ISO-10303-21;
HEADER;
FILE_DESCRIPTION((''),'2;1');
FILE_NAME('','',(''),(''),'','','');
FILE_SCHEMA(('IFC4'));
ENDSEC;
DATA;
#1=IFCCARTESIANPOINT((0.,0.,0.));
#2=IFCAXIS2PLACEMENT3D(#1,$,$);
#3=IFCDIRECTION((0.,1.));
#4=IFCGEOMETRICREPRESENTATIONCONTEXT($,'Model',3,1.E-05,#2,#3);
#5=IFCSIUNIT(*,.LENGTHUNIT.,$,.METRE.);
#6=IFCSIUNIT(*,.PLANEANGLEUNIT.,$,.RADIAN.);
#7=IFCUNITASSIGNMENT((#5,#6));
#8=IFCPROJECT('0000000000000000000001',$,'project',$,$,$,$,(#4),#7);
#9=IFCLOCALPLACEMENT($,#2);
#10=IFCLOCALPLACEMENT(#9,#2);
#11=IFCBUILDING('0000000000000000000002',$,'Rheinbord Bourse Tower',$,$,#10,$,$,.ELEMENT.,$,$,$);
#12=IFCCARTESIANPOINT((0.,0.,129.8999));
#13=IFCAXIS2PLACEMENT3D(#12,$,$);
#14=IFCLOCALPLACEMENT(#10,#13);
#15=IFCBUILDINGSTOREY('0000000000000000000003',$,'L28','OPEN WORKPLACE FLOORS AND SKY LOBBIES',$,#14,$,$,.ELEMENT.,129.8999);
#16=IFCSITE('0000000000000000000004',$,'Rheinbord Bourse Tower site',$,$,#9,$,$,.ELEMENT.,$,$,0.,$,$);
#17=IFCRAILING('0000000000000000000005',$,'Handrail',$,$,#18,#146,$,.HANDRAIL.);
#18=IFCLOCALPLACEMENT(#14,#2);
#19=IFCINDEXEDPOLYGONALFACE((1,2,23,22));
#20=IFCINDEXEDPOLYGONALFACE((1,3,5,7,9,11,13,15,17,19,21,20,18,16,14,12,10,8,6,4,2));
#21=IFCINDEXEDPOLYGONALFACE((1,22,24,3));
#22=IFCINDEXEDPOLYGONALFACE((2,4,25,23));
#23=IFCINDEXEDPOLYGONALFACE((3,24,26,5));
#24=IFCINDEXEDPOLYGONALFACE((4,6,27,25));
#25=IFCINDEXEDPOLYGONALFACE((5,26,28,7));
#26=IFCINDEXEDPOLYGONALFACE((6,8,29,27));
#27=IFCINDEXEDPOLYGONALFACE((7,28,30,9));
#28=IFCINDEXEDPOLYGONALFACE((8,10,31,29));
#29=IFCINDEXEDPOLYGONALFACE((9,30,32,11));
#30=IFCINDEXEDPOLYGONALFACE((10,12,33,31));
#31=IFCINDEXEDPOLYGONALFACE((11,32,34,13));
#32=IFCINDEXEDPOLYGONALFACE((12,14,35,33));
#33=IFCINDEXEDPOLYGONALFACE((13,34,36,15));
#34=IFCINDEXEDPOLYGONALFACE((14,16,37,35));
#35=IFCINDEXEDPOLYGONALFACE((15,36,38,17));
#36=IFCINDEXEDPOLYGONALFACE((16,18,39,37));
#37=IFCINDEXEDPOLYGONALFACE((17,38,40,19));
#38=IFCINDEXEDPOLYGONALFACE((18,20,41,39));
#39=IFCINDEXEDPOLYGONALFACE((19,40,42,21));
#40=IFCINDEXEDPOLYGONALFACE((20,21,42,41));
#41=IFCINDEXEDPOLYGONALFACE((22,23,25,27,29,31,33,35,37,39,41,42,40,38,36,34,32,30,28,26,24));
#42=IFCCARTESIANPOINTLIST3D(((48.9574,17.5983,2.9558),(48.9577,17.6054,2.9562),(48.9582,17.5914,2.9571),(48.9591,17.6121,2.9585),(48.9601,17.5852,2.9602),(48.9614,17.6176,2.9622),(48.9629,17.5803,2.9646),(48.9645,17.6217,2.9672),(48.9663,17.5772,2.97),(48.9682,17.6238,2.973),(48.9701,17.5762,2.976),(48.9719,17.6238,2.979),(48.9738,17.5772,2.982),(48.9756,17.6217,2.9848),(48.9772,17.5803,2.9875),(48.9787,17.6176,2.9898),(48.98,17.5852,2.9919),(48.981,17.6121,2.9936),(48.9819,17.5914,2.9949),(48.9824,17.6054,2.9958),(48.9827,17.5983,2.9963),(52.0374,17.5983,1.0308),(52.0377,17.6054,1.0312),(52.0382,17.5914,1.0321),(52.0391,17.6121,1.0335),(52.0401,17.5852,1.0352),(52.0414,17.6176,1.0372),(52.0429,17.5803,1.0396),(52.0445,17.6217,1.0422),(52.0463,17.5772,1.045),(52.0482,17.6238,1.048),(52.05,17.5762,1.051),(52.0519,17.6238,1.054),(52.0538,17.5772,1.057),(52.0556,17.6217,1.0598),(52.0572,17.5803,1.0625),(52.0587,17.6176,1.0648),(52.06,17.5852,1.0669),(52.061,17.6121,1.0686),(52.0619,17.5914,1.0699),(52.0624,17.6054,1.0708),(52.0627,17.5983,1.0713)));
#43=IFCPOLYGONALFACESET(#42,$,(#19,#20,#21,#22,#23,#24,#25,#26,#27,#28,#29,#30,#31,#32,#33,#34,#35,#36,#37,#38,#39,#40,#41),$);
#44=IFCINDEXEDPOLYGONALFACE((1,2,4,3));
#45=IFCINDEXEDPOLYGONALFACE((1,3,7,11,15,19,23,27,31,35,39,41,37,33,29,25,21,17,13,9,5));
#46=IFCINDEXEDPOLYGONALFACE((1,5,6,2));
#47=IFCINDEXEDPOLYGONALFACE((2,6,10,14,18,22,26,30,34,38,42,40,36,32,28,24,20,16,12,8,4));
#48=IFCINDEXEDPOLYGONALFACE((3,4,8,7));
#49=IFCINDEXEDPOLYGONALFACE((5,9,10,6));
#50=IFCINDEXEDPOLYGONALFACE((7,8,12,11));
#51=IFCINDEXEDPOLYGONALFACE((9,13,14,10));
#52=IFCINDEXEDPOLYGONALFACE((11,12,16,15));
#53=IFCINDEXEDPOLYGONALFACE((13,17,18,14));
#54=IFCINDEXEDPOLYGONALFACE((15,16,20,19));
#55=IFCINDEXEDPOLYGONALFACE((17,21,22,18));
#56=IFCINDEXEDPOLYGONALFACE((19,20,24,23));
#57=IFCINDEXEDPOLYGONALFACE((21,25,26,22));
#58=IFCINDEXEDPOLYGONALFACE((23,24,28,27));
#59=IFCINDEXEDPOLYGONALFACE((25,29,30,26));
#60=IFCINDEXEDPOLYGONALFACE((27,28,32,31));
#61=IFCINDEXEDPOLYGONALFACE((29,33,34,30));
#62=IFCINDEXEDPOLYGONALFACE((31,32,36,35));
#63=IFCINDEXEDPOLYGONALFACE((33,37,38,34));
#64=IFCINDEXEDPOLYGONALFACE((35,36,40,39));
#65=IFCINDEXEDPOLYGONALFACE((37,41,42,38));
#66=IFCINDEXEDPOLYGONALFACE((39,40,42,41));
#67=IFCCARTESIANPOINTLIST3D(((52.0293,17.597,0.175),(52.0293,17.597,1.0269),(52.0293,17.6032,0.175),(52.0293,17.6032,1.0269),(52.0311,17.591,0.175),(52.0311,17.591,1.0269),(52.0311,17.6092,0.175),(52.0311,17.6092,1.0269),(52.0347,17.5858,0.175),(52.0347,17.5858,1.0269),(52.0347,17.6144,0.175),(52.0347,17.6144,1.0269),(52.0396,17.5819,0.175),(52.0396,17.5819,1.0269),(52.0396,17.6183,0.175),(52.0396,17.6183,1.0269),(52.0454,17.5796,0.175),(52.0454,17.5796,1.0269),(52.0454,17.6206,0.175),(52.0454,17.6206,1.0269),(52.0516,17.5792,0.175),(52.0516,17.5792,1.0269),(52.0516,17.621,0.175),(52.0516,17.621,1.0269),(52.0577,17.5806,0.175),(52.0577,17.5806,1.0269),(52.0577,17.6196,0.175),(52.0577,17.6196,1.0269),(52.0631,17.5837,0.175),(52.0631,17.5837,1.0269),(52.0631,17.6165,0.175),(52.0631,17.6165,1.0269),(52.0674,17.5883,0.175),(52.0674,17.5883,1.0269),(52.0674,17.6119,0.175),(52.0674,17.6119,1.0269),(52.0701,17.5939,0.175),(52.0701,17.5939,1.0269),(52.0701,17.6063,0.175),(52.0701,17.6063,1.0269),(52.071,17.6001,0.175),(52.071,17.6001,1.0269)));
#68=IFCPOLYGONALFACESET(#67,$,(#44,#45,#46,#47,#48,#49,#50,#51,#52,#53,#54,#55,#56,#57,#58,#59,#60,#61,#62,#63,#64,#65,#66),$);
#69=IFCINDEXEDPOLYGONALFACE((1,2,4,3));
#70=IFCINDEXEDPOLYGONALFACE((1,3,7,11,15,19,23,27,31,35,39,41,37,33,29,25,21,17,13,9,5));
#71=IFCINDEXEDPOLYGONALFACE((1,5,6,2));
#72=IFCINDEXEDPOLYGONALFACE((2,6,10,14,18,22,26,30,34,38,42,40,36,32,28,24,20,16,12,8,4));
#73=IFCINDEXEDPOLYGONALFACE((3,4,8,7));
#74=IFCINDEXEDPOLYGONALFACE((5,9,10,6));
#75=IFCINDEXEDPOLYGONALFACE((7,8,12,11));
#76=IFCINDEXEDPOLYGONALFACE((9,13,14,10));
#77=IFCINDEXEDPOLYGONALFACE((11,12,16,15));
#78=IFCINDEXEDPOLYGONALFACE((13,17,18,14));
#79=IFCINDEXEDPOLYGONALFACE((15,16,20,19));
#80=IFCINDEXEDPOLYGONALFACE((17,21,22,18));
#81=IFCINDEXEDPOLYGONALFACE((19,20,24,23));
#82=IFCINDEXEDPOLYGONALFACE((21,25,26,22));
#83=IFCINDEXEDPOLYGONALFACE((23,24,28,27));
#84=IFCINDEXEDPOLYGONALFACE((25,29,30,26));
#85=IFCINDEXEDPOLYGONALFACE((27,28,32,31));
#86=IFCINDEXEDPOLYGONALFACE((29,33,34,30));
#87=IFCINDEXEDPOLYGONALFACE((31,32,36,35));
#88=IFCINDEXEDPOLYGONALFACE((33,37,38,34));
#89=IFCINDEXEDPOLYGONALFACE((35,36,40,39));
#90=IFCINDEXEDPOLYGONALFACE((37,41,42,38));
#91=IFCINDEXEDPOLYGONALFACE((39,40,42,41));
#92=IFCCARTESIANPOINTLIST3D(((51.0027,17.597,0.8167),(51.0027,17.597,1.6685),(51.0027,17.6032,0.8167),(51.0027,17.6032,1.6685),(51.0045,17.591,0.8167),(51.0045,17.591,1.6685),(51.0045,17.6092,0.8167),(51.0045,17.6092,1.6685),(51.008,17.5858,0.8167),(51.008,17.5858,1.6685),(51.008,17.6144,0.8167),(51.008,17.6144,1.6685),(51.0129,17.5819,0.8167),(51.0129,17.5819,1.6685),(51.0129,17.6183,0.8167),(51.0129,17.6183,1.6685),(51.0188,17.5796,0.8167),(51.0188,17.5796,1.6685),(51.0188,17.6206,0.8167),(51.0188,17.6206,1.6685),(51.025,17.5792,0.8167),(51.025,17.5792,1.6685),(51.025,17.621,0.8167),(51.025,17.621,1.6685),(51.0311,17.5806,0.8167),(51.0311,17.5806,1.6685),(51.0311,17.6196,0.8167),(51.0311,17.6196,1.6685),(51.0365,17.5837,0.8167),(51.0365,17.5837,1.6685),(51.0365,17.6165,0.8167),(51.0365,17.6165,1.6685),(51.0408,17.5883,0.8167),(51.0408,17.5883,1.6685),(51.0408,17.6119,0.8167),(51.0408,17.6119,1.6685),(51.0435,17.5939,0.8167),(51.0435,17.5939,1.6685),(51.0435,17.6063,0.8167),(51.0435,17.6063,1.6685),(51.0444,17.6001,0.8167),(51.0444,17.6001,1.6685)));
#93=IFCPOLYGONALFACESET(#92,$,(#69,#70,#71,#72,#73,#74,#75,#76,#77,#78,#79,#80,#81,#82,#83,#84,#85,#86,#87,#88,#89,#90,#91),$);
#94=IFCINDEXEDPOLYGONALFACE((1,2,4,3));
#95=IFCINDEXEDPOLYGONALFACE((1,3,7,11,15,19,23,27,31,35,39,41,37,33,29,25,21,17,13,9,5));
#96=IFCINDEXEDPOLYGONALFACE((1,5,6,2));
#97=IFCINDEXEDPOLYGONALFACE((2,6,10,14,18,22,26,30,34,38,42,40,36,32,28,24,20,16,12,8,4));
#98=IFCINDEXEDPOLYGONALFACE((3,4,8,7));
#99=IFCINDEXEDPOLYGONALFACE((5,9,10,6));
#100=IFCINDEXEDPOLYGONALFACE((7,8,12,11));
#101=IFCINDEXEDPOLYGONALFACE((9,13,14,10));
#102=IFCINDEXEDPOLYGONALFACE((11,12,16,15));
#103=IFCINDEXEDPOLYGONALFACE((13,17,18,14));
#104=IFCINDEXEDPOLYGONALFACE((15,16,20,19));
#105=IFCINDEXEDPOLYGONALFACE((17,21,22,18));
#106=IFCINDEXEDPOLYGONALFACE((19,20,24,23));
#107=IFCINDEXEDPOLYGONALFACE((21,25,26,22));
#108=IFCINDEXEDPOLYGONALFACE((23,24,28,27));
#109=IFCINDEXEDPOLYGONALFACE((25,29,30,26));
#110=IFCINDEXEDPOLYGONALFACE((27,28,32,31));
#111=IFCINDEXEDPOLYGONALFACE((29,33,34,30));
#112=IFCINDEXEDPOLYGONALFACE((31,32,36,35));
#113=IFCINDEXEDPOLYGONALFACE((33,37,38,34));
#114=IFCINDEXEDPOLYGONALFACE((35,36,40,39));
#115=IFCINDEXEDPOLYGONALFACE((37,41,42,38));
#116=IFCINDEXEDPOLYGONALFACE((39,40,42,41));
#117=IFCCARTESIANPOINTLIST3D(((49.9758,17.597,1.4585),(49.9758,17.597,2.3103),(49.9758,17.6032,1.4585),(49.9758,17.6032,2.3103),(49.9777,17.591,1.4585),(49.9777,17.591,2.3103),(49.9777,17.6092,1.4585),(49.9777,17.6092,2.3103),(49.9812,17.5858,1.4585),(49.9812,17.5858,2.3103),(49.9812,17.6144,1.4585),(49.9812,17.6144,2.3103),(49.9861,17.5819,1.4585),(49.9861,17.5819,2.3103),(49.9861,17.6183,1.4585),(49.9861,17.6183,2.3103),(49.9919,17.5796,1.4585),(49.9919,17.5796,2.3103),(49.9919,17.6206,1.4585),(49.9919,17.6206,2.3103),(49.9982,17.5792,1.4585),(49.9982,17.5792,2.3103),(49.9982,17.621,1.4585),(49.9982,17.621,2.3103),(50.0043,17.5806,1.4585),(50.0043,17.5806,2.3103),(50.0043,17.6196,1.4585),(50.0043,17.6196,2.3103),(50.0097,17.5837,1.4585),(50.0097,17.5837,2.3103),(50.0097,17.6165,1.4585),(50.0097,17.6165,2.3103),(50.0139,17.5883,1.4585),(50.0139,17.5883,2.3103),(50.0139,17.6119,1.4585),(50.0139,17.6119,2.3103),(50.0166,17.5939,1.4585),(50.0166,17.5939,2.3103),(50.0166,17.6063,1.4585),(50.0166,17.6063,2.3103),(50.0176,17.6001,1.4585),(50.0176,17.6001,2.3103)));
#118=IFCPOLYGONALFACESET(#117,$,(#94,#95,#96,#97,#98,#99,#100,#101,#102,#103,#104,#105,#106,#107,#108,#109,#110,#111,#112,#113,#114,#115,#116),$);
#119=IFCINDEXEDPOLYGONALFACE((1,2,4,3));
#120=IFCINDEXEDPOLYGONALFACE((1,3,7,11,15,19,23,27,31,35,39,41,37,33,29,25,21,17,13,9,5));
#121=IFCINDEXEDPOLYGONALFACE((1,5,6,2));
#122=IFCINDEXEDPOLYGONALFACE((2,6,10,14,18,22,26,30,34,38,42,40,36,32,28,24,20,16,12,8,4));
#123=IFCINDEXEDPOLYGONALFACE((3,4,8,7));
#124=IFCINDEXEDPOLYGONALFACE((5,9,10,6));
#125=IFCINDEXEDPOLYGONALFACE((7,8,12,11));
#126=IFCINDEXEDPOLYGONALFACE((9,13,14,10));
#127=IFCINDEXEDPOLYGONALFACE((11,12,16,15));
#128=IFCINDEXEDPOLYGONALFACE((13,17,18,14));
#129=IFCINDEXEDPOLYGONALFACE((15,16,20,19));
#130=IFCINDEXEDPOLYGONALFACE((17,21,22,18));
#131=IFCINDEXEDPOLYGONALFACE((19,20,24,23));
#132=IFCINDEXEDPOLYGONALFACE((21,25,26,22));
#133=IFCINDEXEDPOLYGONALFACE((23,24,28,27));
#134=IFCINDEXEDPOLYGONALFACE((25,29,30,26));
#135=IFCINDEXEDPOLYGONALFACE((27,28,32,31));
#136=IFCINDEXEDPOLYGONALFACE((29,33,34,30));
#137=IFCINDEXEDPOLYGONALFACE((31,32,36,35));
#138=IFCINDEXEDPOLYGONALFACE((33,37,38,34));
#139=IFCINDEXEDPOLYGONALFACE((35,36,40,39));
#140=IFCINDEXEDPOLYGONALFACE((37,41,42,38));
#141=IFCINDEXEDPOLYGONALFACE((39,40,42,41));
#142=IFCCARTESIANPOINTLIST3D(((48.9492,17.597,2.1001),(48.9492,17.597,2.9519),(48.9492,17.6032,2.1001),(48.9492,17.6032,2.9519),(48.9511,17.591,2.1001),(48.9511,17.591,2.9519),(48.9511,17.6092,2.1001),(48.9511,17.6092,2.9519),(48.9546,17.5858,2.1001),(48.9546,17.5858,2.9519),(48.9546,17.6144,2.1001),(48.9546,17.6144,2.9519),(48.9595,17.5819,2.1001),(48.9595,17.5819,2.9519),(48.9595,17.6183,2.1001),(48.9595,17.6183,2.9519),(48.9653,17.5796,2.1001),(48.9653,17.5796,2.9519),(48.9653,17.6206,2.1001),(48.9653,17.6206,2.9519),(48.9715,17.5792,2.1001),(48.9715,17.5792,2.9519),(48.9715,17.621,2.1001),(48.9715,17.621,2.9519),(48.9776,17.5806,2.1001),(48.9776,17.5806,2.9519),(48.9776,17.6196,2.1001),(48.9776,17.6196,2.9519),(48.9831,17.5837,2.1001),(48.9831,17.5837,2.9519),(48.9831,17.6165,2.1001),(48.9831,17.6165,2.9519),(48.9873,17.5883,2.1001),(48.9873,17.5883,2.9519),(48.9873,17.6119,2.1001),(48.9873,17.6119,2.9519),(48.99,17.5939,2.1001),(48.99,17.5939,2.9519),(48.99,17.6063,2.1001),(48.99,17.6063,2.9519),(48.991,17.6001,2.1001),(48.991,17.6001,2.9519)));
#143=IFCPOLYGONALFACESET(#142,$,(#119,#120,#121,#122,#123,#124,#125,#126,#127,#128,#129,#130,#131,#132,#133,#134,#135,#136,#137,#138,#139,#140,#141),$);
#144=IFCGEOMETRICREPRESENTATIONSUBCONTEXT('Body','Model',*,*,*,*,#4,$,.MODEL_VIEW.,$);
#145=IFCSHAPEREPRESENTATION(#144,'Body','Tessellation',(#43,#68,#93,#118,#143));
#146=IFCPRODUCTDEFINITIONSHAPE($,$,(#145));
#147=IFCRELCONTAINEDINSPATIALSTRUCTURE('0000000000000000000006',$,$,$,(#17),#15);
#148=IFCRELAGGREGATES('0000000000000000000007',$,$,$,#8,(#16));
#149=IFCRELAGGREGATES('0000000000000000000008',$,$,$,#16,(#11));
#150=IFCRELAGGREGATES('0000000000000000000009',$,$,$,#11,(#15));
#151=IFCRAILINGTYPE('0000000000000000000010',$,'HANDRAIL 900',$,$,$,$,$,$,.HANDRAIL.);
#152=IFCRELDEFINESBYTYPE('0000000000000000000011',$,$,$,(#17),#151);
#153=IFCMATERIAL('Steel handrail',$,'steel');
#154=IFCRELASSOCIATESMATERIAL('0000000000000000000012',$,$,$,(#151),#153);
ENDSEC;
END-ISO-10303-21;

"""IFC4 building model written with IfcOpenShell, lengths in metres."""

from ifc_helpers import new_model, si_unit, direction, frame, origin, origin_2d, place, context, subcontext, project, spatial, circle, extrude, material, type_object, element, save


model = new_model("IFC4")

# Units and contexts
model_context = context("Model", 3, precision=1e-05, world=origin(), true_north=direction((0.0, 1.0)))
body_context = subcontext(model_context, "Body", "Model", "MODEL_VIEW")
ifc_project = project(units=[si_unit("LENGTHUNIT", "METRE"), si_unit("PLANEANGLEUNIT", "RADIAN")], contexts=[model_context])

# Site, building, storey
site_placement = place(None, origin())
site = spatial("IfcSite", under=ifc_project, at=site_placement, Name="Rheinbord Bourse Tower site", CompositionType="ELEMENT", RefElevation=0.0)
building_placement = place(site_placement, origin())
building = spatial("IfcBuilding", under=site, at=building_placement, Name="Rheinbord Bourse Tower", CompositionType="ELEMENT")
storey_placement = place(building_placement, frame((0.0, 0.0, 129.8999)))
storey = spatial("IfcBuildingStorey", under=building, at=storey_placement, Name="L28", Description="OPEN WORKPLACE FLOORS AND SKY LOBBIES", CompositionType="ELEMENT", Elevation=129.8999)

# Railing
ifc_material_1 = material(Name="Steel handrail", Category="steel")
railing_type = type_object("IfcRailingType", Name="HANDRAIL 900", PredefinedType="HANDRAIL", material=ifc_material_1)
railing_1_placement = place(storey_placement, frame((52.05, 17.6001, 0.175)))
element("IfcRailing", 1, at=railing_1_placement, inside=storey, type_object=railing_type, Name="Handrail", PredefinedType="HANDRAIL", context=body_context, shape_type="SweptSolid", body=[
    extrude(circle(Radius=0.0239, at=origin_2d()), frame((0.0, 0.0, 0.876), z_axis=(-0.847998, 0.0, 0.529999), x_axis=(0.0, -1.0, 0.0)), (0.0, 0.0, 1.0), 3.6321),
    extrude(circle(Radius=0.021, at=origin_2d()), origin(), (0.0, 0.0, 1.0), 0.8518),
    extrude(circle(Radius=0.021, at=origin_2d()), frame((-1.0266, 0.0, 0.6416)), (0.0, 0.0, 1.0), 0.8518),
    extrude(circle(Radius=0.021, at=origin_2d()), frame((-2.0535, 0.0, 1.2834)), (0.0, 0.0, 1.0), 0.8518),
    extrude(circle(Radius=0.021, at=origin_2d()), frame((-3.0801, 0.0, 1.925)), (0.0, 0.0, 1.0), 0.8518),
])

save(model, "model.ifc")
